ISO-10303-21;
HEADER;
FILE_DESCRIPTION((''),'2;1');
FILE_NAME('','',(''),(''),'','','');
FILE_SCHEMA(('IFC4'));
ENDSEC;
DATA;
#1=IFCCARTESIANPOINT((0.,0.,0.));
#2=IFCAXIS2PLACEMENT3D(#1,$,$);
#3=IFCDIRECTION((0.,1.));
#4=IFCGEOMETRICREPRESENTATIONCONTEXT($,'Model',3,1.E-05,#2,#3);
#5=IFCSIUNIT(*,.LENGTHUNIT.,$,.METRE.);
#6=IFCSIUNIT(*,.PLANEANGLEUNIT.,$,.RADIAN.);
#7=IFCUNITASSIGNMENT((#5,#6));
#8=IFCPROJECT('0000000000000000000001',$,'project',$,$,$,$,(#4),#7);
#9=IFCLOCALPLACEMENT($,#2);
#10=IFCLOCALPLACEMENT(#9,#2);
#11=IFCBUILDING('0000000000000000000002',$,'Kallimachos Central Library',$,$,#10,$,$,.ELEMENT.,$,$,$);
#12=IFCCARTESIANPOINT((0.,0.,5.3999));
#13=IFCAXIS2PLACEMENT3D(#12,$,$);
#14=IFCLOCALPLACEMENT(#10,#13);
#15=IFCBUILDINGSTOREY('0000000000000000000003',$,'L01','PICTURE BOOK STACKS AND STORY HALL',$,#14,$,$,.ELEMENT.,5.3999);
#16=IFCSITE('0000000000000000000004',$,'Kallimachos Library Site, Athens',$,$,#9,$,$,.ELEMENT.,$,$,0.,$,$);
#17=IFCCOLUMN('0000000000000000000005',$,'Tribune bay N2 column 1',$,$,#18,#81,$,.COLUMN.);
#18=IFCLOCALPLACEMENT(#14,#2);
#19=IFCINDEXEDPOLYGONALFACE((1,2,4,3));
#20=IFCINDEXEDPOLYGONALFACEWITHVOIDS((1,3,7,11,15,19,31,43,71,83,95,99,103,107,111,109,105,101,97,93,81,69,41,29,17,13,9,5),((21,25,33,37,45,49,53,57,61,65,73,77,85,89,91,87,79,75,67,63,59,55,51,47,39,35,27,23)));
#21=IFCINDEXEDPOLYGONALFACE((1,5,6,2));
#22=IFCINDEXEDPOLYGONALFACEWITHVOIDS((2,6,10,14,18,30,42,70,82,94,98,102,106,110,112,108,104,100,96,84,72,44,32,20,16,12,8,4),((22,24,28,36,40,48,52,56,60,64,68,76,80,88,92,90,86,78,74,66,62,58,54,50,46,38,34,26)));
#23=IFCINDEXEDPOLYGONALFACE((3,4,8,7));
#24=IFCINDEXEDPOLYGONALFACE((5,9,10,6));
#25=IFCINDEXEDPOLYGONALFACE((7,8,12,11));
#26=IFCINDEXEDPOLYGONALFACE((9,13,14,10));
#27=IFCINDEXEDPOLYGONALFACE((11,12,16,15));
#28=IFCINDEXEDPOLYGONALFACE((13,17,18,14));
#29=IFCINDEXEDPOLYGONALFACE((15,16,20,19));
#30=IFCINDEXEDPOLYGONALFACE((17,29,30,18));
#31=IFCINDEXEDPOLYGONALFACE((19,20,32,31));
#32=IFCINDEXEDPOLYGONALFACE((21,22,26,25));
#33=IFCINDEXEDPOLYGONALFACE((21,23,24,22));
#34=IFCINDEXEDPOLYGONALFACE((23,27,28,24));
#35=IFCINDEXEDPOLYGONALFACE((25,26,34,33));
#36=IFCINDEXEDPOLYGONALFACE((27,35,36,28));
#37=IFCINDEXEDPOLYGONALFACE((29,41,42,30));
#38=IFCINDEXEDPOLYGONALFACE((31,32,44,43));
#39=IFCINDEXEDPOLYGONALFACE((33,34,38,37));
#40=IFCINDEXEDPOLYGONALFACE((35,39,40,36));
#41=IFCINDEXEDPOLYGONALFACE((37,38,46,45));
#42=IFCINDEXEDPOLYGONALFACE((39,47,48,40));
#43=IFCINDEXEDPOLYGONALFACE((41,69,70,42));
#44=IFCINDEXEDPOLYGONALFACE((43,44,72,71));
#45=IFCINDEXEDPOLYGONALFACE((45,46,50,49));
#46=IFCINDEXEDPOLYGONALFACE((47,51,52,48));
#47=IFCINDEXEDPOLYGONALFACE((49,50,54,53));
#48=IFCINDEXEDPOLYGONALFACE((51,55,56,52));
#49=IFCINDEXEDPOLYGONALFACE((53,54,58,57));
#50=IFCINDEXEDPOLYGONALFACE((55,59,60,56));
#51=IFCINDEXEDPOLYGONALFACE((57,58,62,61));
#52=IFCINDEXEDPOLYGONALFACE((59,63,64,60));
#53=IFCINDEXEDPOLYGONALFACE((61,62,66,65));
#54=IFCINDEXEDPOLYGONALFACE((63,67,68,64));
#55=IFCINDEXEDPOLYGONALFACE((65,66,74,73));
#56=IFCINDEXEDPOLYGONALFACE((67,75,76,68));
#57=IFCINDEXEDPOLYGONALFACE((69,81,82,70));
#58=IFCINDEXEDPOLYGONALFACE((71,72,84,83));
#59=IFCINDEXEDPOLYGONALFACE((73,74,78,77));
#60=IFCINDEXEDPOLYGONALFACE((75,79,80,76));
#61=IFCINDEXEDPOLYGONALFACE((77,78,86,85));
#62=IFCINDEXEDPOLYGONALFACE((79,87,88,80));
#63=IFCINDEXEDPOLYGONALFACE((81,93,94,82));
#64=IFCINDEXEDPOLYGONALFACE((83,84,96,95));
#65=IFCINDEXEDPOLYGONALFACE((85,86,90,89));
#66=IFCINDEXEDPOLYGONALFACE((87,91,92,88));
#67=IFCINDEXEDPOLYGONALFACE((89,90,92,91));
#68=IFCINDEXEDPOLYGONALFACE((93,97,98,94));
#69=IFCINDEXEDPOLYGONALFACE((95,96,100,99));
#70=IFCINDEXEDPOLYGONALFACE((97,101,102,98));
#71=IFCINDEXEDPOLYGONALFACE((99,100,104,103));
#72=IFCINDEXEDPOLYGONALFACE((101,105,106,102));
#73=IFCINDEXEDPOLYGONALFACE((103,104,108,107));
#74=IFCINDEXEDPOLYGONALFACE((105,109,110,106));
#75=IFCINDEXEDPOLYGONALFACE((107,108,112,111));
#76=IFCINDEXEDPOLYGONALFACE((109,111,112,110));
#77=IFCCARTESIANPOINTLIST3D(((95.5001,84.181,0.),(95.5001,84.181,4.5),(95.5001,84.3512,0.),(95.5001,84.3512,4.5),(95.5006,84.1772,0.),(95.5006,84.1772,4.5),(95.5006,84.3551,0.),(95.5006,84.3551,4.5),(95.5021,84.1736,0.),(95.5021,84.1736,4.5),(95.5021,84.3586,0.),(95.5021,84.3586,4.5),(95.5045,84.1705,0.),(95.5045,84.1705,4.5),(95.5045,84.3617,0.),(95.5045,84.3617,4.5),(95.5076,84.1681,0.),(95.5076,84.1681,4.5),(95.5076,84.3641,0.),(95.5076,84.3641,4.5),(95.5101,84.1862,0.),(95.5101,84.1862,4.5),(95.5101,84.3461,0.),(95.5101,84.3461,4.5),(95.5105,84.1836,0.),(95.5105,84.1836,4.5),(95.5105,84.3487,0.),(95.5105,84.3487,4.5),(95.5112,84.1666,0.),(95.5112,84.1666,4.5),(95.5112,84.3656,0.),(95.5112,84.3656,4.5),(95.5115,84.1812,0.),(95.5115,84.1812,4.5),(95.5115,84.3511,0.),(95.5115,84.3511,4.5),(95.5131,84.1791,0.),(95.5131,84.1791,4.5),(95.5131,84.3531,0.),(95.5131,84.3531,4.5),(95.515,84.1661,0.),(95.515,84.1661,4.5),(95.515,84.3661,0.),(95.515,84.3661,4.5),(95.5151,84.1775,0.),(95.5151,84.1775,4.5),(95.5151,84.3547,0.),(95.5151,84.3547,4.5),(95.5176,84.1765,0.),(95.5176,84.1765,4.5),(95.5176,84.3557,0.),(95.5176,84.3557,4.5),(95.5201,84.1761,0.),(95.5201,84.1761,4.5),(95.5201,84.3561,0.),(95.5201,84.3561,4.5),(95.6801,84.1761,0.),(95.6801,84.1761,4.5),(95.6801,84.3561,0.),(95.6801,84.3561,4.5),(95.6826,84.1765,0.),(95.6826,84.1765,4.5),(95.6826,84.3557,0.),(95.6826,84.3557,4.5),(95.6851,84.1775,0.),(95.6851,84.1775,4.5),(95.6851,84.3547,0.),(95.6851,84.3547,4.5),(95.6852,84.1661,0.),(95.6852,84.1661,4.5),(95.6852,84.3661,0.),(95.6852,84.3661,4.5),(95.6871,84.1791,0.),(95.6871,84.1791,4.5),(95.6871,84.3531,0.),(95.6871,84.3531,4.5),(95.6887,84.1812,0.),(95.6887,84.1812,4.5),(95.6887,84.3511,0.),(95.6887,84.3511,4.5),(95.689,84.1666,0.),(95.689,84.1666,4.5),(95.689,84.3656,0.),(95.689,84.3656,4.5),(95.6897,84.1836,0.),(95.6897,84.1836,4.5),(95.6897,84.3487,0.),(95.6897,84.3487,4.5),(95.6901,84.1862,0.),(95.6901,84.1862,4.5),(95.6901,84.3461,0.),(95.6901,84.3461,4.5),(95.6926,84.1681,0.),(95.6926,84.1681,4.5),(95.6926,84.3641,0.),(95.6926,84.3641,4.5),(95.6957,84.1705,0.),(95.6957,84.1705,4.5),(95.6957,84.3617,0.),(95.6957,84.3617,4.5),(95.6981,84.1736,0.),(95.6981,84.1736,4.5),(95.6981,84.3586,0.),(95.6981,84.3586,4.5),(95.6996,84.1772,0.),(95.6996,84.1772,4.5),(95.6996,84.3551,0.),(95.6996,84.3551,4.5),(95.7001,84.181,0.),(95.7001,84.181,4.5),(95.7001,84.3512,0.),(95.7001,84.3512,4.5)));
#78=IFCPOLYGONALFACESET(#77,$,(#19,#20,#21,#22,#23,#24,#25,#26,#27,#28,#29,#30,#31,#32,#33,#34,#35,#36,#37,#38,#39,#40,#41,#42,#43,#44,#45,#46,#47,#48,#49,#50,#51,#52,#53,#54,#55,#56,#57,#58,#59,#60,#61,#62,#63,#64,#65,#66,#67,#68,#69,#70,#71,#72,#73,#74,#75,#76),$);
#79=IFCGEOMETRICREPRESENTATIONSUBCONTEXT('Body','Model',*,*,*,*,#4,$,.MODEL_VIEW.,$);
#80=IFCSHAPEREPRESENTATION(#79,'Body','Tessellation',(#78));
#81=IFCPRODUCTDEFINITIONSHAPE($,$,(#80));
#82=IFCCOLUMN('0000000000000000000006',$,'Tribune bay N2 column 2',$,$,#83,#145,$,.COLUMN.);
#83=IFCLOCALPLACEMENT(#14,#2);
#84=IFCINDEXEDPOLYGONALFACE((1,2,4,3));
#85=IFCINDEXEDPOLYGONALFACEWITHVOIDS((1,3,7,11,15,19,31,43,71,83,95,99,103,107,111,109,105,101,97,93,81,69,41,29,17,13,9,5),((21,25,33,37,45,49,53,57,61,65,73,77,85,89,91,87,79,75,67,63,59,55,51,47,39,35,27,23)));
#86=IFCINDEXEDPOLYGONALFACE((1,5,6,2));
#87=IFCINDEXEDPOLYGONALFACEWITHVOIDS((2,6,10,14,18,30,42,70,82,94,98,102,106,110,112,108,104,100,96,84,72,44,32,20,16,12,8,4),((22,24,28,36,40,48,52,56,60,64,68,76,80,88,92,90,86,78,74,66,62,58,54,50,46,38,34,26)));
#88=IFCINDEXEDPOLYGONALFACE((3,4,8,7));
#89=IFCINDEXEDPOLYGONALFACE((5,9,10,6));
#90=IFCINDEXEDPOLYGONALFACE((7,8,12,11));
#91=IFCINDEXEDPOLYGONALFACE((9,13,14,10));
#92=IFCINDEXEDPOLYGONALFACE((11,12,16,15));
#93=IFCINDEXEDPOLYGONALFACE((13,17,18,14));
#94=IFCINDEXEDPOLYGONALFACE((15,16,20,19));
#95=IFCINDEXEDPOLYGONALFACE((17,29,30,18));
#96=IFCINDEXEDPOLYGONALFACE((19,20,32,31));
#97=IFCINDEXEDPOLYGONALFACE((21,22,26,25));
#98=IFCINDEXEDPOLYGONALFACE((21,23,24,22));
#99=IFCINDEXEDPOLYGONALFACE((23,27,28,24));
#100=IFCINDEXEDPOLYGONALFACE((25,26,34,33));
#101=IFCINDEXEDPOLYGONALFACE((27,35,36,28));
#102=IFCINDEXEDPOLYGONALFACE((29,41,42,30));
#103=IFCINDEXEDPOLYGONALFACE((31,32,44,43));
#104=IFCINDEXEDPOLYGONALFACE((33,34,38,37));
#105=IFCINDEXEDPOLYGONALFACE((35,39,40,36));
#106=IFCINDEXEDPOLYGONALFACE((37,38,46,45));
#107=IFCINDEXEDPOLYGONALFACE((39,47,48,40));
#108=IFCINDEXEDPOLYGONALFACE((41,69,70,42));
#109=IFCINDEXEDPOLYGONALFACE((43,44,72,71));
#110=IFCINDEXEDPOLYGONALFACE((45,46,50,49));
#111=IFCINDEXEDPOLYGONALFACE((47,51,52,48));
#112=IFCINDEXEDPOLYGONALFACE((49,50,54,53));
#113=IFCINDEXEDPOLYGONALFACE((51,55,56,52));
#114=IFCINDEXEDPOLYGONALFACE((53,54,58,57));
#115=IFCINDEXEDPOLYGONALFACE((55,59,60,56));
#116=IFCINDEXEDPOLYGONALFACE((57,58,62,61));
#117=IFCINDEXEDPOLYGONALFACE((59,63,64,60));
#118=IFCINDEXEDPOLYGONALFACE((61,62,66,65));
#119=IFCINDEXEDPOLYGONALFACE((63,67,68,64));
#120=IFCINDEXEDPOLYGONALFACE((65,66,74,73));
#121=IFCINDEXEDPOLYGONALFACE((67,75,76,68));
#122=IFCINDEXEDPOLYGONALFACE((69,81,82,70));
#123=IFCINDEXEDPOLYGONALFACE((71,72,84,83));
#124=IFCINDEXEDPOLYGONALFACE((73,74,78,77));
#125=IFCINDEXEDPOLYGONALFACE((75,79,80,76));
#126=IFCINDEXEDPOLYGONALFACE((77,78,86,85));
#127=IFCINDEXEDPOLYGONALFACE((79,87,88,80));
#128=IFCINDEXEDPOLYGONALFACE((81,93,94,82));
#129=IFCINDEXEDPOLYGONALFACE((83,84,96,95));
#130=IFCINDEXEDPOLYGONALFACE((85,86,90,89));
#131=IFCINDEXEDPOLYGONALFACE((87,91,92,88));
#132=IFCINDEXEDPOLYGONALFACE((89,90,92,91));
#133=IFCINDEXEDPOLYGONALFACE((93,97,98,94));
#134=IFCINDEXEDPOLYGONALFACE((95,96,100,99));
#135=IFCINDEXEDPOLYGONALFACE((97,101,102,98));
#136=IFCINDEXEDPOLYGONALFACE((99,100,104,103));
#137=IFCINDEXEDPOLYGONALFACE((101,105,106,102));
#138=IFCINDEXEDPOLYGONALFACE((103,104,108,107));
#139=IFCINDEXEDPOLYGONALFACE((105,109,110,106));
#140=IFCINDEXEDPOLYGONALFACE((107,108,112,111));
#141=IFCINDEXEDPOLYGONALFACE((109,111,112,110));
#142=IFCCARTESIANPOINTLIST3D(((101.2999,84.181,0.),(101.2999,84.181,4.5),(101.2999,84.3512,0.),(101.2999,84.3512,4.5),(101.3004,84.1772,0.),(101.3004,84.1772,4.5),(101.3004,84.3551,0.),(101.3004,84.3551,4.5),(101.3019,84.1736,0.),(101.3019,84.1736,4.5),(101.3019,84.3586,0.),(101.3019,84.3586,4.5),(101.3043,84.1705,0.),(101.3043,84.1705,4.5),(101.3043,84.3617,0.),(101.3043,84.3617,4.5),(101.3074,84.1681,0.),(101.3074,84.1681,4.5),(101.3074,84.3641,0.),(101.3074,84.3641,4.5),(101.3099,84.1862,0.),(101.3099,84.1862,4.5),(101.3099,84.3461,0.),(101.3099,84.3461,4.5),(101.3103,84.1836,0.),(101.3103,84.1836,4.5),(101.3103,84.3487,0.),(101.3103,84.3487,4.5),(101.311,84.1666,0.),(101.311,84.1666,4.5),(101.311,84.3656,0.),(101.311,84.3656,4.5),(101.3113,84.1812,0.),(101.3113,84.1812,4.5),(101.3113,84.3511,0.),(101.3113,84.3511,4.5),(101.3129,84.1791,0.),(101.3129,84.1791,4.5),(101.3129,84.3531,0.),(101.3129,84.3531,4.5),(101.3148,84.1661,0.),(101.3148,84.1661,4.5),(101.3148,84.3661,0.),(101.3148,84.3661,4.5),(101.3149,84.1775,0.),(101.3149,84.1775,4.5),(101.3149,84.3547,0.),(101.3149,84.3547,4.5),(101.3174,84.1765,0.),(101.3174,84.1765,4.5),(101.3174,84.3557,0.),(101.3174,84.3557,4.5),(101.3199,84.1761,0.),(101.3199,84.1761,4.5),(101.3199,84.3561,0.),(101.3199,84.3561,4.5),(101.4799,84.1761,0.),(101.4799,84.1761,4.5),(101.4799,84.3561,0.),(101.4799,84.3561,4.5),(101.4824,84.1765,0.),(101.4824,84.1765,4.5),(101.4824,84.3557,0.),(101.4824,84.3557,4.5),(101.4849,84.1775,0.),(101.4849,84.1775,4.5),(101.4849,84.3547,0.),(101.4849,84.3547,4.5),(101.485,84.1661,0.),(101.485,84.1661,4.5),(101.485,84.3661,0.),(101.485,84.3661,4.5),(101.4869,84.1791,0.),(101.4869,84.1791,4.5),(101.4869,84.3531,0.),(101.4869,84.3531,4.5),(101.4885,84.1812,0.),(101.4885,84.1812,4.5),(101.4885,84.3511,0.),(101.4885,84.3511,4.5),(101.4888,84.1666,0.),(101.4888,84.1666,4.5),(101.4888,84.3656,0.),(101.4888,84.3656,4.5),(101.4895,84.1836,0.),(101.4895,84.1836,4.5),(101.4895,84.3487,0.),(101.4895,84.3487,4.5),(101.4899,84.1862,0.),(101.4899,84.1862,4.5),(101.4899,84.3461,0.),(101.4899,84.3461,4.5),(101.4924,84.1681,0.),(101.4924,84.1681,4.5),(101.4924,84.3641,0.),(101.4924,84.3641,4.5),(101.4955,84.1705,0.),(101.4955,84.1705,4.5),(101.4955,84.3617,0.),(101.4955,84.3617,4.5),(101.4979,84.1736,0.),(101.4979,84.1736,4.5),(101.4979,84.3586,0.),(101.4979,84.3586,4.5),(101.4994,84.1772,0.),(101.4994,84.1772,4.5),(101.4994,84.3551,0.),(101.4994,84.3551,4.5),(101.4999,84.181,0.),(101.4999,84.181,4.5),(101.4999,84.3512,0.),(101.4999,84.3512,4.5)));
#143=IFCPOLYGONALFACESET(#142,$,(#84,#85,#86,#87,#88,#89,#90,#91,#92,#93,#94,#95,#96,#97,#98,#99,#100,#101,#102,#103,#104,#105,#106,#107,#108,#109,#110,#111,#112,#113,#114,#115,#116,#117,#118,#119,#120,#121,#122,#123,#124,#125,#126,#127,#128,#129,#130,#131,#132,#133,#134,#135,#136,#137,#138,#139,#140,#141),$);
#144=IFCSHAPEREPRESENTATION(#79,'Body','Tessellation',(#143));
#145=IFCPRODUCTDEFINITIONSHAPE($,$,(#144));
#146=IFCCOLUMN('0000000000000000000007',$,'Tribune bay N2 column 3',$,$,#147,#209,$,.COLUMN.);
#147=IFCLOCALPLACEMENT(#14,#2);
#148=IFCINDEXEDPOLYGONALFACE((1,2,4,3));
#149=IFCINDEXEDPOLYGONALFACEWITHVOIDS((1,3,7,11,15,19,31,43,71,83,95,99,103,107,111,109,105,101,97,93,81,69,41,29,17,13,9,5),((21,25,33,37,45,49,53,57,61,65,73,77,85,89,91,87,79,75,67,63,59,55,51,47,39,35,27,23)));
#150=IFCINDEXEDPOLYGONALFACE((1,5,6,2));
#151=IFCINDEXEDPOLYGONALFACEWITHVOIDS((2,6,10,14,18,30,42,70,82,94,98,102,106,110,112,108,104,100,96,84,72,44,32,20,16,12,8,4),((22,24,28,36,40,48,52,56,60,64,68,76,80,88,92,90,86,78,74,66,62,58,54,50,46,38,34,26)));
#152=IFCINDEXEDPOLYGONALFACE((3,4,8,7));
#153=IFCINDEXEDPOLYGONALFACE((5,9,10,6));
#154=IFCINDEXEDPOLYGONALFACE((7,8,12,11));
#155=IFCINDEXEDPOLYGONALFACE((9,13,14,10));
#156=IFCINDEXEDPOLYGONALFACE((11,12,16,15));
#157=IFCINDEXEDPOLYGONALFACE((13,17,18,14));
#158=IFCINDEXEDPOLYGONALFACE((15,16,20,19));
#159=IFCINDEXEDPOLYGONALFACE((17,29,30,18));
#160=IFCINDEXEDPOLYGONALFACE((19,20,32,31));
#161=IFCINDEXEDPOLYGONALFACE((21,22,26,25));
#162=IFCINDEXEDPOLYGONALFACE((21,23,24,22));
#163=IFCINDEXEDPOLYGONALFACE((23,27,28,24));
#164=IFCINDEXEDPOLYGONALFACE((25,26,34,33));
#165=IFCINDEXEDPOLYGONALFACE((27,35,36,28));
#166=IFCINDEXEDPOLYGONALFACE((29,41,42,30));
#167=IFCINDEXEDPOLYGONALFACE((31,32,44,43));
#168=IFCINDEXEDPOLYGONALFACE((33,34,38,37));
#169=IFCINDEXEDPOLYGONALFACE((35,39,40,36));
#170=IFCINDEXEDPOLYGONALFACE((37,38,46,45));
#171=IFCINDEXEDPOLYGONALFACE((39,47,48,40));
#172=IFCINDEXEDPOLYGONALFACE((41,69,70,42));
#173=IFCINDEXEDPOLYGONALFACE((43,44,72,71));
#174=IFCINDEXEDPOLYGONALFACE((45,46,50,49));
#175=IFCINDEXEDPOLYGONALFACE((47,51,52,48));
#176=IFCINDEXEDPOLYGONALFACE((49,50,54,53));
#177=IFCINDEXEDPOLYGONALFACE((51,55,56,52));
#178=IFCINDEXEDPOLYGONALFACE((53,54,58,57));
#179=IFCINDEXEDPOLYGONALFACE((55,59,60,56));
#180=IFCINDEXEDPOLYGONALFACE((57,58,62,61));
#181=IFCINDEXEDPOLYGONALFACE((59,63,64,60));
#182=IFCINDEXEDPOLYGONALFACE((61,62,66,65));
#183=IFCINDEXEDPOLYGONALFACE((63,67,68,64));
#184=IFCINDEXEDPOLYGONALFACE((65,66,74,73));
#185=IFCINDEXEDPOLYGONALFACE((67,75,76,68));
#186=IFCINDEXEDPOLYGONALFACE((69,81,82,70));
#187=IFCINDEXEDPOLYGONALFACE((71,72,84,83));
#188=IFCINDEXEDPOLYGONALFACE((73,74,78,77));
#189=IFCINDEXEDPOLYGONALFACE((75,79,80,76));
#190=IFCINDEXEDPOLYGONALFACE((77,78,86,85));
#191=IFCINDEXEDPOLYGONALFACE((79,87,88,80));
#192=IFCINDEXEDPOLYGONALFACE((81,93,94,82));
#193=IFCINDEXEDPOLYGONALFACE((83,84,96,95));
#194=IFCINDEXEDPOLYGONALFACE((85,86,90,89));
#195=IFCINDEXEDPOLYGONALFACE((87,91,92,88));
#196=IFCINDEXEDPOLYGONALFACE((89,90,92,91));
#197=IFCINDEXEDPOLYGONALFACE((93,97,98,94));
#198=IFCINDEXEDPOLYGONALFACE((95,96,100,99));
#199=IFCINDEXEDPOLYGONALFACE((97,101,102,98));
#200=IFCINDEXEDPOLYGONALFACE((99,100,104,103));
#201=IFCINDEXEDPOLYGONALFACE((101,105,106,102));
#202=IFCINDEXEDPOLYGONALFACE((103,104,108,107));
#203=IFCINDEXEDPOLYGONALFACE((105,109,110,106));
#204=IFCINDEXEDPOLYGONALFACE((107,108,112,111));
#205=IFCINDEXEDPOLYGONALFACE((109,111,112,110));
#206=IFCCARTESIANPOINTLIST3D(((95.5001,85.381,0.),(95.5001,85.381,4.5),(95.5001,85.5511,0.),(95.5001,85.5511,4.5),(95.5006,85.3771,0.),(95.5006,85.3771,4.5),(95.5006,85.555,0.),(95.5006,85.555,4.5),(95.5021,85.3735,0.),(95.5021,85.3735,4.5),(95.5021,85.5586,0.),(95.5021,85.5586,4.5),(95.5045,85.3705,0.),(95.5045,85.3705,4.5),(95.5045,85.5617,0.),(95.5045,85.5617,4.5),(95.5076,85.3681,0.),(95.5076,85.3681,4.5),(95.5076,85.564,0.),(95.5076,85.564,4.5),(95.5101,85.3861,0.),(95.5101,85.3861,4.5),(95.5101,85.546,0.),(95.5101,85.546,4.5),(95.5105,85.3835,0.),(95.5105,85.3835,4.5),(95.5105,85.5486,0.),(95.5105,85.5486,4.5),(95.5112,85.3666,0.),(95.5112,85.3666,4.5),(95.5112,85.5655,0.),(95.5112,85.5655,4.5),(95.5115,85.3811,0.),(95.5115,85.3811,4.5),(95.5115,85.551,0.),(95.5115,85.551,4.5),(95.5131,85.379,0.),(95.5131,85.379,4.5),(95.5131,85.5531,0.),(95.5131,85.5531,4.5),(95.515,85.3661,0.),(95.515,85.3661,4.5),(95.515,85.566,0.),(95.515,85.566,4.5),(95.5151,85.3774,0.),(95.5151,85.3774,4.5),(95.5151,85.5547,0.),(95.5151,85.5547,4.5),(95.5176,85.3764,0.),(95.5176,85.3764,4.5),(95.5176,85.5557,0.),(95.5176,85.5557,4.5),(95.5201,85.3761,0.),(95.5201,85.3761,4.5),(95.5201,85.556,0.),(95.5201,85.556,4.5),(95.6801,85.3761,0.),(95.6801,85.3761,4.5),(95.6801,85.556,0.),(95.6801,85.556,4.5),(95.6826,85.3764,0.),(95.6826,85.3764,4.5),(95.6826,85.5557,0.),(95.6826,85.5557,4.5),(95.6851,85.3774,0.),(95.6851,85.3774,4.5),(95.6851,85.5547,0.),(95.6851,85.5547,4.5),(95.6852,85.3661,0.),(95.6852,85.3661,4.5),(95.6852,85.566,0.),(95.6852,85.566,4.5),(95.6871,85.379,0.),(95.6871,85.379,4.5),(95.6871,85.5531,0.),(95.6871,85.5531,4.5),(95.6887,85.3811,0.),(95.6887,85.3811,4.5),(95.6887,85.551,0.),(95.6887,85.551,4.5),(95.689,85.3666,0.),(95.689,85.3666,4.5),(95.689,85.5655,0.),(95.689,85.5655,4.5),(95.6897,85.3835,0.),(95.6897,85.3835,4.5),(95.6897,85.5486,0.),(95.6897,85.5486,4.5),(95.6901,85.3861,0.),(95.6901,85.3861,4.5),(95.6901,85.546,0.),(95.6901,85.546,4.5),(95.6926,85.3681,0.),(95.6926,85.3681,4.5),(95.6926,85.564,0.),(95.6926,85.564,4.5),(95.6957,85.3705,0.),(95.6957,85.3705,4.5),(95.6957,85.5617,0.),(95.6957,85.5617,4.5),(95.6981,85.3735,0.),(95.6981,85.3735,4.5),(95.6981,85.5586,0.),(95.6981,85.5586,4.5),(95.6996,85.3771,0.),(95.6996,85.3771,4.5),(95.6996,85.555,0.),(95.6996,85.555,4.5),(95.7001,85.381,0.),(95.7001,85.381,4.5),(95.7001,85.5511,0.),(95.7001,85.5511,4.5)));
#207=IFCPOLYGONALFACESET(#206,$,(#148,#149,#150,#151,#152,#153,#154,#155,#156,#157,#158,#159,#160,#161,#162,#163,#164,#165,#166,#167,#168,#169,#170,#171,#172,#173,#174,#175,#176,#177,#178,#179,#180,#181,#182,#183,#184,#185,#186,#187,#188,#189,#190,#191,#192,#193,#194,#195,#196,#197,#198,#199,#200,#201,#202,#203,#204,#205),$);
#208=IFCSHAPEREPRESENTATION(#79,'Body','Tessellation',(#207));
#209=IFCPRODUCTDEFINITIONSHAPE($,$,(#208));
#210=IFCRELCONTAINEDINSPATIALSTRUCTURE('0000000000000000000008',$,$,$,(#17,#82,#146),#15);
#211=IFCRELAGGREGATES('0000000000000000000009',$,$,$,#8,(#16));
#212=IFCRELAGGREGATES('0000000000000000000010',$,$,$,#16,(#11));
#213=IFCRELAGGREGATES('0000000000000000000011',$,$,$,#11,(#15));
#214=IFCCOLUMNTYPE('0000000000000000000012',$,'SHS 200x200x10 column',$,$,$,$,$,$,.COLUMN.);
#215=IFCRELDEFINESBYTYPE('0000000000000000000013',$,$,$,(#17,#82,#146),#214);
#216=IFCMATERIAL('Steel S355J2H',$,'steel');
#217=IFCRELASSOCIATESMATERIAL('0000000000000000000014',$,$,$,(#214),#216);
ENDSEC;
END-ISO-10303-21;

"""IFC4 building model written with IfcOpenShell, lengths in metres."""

from ifc_helpers import new_model, si_unit, direction, frame, origin, origin_2d, place, context, subcontext, project, spatial, hollow_rectangle, extrude, material, material_profile, profile_set, type_object, element, save


model = new_model("IFC4")

# Units and contexts
model_context = context("Model", 3, precision=1e-05, world=origin(), true_north=direction((0.0, 1.0)))
body_context = subcontext(model_context, "Body", "Model", "MODEL_VIEW")
ifc_project = project(units=[si_unit("LENGTHUNIT", "METRE"), si_unit("PLANEANGLEUNIT", "RADIAN")], contexts=[model_context])

# Site, building, storey
site_placement = place(None, origin())
site = spatial("IfcSite", under=ifc_project, at=site_placement, Name="Kallimachos Library Site, Athens", CompositionType="ELEMENT", RefElevation=0.0)
building_placement = place(site_placement, origin())
building = spatial("IfcBuilding", under=site, at=building_placement, Name="Kallimachos Central Library", CompositionType="ELEMENT")
storey_placement = place(building_placement, frame((0.0, 0.0, 5.3999)))
storey = spatial("IfcBuildingStorey", under=building, at=storey_placement, Name="L01", Description="PICTURE BOOK STACKS AND STORY HALL", CompositionType="ELEMENT", Elevation=5.3999)

# Columns
ifc_material_1 = material(Name="Steel S355J2H", Category="steel")
ifc_material_profile_1 = material_profile(ifc_material_1, hollow_rectangle(XDim=0.2, YDim=0.2, WallThickness=0.01, InnerFilletRadius=0.01, OuterFilletRadius=0.0149, at=origin_2d()), Name="SHS 200x200x10")
ifc_profile_set_1 = profile_set([ifc_material_profile_1], Name="Steel S355J2H")
column_type = type_object("IfcColumnType", Name="SHS 200x200x10 column", PredefinedType="COLUMN", material=ifc_profile_set_1)
for number, where, z_axis, x_axis, name in (
    (1, (95.6001, 84.2661, 0.0), (0.0, 0.0, 1.0), (1.0, 0.0, 0.0), "Tribune bay N2 column 1"),
    (2, (101.3999, 84.2661, 0.0), (0.0, 0.0, 1.0), (1.0, 0.0, 0.0), "Tribune bay N2 column 2"),
    (3, (95.6001, 85.4661, 0.0), (0.0, 0.0, 1.0), (1.0, 0.0, 0.0), "Tribune bay N2 column 3"),
):
    element("IfcColumn", number, at=place(storey_placement, frame(where, z_axis=z_axis, x_axis=x_axis)), inside=storey, type_object=column_type, Name=name, PredefinedType="COLUMN", context=body_context, shape_type="SweptSolid", body=[
        extrude(hollow_rectangle(XDim=0.2, YDim=0.2, WallThickness=0.01, InnerFilletRadius=0.01, OuterFilletRadius=0.0149, at=origin_2d()), origin(), (0.0, 0.0, 1.0), 4.5),
    ])

save(model, "model.ifc")
